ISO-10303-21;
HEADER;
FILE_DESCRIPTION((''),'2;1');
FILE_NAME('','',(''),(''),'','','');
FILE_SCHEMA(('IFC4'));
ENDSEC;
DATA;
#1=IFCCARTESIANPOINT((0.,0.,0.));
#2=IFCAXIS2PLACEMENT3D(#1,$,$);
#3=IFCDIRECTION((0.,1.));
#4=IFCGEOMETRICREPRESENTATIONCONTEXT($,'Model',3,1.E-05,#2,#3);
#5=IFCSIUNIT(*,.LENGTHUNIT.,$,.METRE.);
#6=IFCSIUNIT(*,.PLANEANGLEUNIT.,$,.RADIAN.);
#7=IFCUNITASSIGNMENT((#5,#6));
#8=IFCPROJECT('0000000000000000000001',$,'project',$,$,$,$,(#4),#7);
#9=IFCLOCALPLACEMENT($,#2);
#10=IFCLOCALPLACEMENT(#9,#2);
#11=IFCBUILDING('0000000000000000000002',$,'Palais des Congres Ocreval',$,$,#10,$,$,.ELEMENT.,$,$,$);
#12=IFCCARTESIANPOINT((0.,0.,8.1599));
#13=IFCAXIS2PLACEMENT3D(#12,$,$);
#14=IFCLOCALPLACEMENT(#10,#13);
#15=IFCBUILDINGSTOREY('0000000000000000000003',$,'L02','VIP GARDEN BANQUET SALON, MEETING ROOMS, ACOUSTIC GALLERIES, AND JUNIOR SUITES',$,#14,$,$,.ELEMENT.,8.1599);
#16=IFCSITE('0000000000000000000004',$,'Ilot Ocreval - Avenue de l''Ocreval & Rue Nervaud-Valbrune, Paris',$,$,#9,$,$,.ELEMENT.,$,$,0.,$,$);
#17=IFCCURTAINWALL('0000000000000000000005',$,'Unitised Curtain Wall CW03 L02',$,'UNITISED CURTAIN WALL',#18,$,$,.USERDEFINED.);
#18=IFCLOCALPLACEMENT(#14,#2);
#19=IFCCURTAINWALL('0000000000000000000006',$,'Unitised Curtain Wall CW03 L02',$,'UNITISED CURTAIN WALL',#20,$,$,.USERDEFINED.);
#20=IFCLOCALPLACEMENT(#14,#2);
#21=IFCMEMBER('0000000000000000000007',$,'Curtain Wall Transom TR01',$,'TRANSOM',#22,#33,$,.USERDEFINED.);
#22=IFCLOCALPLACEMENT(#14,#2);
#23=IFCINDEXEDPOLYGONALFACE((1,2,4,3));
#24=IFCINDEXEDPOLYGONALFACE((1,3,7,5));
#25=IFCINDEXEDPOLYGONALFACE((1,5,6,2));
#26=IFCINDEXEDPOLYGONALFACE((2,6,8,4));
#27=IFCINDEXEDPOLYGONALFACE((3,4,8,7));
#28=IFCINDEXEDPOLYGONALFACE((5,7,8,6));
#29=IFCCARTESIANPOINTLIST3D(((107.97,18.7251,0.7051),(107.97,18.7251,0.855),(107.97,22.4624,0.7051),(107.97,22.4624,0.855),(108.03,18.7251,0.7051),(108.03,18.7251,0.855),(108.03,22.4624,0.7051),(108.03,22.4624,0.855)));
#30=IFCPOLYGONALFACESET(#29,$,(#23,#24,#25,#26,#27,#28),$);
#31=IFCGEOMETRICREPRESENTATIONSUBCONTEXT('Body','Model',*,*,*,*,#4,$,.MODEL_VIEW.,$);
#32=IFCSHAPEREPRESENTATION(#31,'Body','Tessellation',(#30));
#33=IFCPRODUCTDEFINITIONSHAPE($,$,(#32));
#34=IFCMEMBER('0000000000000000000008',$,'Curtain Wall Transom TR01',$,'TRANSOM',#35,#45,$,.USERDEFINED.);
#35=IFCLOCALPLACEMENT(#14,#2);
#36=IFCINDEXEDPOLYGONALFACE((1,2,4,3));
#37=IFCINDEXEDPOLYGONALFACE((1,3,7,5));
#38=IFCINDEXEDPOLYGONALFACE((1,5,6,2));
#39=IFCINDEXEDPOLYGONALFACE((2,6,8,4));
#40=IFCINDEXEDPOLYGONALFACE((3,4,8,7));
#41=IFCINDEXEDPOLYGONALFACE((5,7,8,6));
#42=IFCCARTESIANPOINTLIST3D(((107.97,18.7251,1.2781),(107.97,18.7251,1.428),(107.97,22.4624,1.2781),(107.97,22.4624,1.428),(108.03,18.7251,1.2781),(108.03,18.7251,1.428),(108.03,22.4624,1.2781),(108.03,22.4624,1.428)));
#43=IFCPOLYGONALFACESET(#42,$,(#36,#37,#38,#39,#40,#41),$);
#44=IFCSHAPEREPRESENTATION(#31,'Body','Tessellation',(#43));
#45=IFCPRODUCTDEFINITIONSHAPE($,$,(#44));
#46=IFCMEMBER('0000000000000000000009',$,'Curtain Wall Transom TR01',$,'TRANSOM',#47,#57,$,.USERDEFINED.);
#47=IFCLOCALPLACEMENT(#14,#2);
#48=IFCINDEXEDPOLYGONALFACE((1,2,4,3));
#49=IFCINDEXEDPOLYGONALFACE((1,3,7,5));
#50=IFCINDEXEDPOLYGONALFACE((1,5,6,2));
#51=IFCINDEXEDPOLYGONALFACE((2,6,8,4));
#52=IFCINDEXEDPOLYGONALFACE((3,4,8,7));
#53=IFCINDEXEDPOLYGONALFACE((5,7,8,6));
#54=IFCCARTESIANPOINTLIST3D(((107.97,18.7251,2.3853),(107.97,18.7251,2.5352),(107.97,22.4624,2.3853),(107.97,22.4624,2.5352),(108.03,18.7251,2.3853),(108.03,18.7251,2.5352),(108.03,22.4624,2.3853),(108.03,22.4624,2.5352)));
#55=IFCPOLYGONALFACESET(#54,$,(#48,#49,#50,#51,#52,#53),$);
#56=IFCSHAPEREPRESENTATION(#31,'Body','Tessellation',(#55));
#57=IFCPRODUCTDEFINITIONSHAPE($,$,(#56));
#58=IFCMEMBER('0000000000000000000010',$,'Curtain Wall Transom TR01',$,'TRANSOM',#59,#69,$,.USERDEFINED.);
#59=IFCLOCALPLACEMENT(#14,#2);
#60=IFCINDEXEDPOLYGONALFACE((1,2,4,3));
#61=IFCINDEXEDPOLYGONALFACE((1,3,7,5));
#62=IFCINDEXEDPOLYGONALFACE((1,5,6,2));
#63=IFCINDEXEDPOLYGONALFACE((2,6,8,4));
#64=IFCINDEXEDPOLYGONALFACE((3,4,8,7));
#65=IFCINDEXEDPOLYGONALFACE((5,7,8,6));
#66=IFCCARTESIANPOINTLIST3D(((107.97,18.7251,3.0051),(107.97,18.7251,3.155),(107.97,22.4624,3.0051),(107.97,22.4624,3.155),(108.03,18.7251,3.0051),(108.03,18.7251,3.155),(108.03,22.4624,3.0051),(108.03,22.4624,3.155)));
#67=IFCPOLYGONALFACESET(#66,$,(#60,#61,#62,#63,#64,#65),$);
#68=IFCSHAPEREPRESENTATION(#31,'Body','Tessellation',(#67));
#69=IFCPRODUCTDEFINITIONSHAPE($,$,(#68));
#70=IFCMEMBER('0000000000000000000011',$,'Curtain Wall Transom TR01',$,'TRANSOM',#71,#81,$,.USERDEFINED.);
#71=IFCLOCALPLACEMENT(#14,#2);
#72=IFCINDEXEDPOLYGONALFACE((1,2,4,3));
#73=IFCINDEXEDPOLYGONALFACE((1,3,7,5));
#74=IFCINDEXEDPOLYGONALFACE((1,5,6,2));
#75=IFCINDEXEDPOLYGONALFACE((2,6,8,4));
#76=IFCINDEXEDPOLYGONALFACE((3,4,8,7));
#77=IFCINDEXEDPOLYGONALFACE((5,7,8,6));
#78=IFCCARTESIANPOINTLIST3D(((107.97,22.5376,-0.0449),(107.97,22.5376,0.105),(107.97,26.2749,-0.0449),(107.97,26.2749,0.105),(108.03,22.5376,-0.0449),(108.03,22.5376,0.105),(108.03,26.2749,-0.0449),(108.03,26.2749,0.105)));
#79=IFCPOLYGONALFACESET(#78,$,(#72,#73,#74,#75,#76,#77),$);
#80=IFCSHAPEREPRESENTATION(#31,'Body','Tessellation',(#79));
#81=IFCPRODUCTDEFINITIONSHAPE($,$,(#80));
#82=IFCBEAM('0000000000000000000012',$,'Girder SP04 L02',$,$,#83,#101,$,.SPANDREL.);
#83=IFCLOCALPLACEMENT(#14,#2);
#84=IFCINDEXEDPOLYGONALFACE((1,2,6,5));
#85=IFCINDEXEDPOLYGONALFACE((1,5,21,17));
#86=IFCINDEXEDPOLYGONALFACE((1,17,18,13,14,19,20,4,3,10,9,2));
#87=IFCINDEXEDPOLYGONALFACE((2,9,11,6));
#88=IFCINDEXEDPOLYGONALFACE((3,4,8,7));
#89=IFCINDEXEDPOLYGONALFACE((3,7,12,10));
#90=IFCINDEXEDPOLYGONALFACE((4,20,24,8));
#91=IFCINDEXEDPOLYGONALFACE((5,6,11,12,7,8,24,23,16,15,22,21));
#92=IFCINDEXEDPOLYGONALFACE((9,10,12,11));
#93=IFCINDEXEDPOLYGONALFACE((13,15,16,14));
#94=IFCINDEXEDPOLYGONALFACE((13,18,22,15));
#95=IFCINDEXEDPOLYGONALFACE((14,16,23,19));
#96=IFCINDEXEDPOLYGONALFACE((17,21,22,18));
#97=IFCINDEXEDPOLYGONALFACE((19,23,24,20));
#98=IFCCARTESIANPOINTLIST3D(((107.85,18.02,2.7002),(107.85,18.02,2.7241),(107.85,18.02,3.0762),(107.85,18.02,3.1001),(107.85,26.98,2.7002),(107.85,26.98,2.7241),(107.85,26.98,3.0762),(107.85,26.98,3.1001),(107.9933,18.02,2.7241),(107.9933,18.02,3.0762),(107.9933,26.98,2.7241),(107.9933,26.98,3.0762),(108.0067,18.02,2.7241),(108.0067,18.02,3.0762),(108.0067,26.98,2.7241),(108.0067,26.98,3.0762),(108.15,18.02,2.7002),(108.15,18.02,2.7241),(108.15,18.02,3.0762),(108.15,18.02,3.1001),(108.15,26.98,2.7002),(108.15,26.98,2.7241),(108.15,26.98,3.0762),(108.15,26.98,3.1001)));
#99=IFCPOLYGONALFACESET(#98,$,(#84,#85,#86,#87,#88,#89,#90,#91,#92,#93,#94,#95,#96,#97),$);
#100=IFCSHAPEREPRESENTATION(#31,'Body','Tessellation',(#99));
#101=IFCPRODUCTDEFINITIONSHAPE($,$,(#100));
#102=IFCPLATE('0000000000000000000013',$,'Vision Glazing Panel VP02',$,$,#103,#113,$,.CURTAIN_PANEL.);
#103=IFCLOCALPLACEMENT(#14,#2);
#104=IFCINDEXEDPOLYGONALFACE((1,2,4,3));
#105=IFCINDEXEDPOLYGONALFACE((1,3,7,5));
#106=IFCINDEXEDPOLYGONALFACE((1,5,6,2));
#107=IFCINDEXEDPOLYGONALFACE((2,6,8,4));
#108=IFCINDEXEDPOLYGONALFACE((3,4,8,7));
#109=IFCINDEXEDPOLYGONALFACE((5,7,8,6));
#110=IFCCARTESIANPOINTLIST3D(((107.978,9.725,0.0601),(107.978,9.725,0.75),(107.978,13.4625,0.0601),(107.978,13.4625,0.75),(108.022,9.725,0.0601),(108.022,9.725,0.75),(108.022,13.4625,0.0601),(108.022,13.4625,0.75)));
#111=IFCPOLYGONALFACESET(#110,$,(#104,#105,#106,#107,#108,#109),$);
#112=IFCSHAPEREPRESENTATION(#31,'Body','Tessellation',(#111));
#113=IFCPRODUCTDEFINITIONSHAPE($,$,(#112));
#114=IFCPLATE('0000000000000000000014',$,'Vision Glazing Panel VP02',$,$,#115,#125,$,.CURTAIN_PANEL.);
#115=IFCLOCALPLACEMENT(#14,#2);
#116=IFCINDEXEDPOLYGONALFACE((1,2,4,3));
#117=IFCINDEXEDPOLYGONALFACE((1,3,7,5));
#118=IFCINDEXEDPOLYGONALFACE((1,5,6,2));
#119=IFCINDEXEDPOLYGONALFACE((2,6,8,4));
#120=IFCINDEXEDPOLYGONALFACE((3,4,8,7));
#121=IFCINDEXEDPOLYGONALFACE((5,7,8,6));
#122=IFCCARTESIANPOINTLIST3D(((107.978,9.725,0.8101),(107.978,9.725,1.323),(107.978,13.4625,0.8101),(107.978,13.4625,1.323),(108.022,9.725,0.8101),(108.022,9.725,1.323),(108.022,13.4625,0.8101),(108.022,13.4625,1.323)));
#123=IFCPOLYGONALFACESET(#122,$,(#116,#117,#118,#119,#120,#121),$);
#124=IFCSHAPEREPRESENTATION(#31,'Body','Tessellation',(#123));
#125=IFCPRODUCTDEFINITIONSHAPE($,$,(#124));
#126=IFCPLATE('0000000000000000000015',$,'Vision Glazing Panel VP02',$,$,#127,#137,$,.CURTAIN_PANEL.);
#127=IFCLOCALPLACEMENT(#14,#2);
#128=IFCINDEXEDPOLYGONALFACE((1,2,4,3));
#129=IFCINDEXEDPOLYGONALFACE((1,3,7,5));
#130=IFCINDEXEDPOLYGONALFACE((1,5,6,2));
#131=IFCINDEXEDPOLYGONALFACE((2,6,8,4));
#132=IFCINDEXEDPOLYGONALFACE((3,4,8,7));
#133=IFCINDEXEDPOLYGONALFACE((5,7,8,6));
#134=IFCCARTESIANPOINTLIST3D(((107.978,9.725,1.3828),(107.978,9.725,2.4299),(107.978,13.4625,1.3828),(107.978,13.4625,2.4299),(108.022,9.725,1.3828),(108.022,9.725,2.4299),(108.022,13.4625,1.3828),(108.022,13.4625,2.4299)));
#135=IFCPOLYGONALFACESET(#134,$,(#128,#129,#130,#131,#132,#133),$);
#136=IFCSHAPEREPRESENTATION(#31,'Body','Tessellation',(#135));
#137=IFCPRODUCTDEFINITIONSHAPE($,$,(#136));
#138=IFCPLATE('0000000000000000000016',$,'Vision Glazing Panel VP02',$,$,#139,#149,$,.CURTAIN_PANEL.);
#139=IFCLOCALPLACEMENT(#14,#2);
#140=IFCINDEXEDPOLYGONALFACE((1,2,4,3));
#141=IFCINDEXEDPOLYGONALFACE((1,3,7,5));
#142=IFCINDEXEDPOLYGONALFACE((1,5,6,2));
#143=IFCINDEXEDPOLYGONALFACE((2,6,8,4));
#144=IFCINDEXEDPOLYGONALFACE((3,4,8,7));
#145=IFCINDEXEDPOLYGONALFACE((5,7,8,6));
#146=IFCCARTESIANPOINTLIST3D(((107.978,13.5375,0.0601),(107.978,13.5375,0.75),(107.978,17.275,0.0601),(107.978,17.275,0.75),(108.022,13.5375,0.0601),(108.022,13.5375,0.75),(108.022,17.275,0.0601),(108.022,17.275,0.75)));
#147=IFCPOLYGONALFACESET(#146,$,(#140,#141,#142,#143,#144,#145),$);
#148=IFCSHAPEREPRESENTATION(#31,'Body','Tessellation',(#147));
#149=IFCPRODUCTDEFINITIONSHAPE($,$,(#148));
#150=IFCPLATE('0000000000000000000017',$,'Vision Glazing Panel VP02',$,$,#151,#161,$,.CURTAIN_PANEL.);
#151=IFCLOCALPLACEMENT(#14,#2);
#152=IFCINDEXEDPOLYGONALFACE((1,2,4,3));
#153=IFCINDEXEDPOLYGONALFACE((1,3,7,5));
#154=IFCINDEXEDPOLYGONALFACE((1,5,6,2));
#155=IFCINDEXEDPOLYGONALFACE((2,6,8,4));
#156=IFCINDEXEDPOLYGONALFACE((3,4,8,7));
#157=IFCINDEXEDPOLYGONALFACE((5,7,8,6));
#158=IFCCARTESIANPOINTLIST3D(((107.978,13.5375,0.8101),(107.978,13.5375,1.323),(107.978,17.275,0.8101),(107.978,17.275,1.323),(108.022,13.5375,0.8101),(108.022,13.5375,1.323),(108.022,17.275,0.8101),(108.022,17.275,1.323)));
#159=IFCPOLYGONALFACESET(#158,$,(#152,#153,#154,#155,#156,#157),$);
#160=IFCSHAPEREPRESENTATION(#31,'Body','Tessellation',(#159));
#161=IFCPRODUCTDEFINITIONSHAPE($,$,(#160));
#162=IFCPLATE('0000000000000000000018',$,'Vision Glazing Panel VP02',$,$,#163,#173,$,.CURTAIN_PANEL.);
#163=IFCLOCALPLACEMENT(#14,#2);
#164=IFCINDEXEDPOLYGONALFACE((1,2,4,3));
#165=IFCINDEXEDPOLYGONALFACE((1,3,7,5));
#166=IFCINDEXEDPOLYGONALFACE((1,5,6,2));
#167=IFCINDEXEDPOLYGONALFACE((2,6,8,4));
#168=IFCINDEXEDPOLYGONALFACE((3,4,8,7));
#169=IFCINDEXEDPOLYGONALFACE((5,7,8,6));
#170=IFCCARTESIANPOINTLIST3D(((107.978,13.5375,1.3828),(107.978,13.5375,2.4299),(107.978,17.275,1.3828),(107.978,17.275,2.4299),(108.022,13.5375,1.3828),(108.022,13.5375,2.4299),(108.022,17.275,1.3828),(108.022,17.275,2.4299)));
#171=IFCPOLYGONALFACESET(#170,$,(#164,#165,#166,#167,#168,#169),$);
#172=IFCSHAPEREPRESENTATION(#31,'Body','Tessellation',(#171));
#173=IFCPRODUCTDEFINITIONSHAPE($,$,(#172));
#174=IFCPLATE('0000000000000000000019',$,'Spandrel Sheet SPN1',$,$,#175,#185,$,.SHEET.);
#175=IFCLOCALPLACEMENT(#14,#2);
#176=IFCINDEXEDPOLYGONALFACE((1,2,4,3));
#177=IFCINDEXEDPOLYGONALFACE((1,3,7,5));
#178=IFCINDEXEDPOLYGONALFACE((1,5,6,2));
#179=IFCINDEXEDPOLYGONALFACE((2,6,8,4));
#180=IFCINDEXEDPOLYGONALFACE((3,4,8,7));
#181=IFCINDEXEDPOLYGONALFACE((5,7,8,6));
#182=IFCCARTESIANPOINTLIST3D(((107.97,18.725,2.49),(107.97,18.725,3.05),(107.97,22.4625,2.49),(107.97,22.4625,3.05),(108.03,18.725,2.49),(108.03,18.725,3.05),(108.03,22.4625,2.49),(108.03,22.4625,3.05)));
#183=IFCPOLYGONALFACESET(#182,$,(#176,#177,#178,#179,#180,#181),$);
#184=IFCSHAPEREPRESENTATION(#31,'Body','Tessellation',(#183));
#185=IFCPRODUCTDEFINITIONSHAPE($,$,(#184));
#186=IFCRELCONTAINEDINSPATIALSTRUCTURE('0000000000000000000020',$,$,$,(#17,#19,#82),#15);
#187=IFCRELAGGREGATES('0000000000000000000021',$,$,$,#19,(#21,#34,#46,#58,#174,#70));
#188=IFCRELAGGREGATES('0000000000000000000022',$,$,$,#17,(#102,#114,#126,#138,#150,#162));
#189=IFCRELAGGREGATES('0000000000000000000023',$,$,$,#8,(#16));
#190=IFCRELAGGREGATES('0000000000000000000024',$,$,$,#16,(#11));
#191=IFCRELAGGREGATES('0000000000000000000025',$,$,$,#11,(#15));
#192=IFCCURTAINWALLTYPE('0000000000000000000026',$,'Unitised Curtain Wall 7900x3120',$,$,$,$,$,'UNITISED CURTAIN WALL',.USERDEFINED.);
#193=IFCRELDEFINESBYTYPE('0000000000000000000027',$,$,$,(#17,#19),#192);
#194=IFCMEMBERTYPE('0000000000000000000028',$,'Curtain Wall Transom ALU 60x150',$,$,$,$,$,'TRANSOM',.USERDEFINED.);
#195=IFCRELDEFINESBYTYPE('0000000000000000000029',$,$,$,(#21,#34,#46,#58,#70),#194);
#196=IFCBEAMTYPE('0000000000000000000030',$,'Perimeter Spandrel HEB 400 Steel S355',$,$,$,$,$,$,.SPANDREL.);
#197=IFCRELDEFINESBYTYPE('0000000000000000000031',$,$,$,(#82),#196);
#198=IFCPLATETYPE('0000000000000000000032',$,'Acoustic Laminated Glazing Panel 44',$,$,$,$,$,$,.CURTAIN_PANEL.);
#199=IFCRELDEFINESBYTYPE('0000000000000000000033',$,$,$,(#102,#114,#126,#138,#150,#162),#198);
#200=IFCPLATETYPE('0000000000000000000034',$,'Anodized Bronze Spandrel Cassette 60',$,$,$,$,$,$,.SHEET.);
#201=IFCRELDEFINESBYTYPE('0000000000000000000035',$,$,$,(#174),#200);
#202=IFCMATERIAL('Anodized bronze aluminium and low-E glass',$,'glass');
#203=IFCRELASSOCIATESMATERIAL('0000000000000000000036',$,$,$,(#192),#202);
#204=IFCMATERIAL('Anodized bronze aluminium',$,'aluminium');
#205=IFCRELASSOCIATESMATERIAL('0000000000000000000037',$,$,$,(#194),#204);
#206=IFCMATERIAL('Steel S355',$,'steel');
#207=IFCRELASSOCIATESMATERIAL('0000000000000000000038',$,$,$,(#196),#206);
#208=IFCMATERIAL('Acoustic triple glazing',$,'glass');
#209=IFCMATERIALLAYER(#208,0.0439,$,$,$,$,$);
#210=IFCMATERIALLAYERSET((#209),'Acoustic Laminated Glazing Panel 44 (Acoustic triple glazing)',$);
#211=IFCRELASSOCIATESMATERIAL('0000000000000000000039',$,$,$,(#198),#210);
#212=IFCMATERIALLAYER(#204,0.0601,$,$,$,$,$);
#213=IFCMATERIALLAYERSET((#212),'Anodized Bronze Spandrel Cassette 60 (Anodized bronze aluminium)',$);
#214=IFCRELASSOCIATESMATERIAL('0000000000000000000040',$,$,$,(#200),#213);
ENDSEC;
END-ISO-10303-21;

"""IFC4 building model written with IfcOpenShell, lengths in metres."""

from ifc_helpers import new_model, si_unit, direction, frame, origin, origin_2d, place, context, subcontext, project, spatial, rectangle, i_section, extrude, material, layer, layer_set, material_profile, profile_set, type_object, element, aggregate, save


model = new_model("IFC4")

# Units and contexts
model_context = context("Model", 3, precision=1e-05, world=origin(), true_north=direction((0.0, 1.0)))
body_context = subcontext(model_context, "Body", "Model", "MODEL_VIEW")
ifc_project = project(units=[si_unit("LENGTHUNIT", "METRE"), si_unit("PLANEANGLEUNIT", "RADIAN")], contexts=[model_context])

# Site, building, storey
site_placement = place(None, origin())
site = spatial("IfcSite", under=ifc_project, at=site_placement, Name="Ilot Ocreval - Avenue de l'Ocreval & Rue Nervaud-Valbrune, Paris", CompositionType="ELEMENT", RefElevation=0.0)
building_placement = place(site_placement, origin())
building = spatial("IfcBuilding", under=site, at=building_placement, Name="Palais des Congres Ocreval", CompositionType="ELEMENT")
storey_placement = place(building_placement, frame((0.0, 0.0, 8.1599)))
storey = spatial("IfcBuildingStorey", under=building, at=storey_placement, Name="L02", Description="VIP GARDEN BANQUET SALON, MEETING ROOMS, ACOUSTIC GALLERIES, AND JUNIOR SUITES", CompositionType="ELEMENT", Elevation=8.1599)

# Shared definitions
ifc_material_1 = material(Name="Steel S355", Category="steel")

# Curtain walls
ifc_material_2 = material(Name="Anodized bronze aluminium and low-E glass", Category="glass")
curtain_wall_type = type_object("IfcCurtainWallType", Name="Unitised Curtain Wall 7900x3120", ElementType="UNITISED CURTAIN WALL", PredefinedType="USERDEFINED", material=ifc_material_2)
curtain_wall_1_placement = place(storey_placement, origin())
curtain_wall_1 = element("IfcCurtainWall", 1, at=curtain_wall_1_placement, inside=storey, type_object=curtain_wall_type, Name="Unitised Curtain Wall CW03 L02", ObjectType="UNITISED CURTAIN WALL", PredefinedType="USERDEFINED")
ifc_material_3 = material(Name="Anodized bronze aluminium", Category="aluminium")
curtain_wall_2_placement = place(storey_placement, origin())
curtain_wall_2 = element("IfcCurtainWall", 2, at=curtain_wall_2_placement, inside=storey, type_object=curtain_wall_type, Name="Unitised Curtain Wall CW03 L02", ObjectType="UNITISED CURTAIN WALL", PredefinedType="USERDEFINED")

# Members
ifc_material_profile_1 = material_profile(ifc_material_3, rectangle(XDim=0.0601, YDim=0.1499, at=origin_2d()), Name="ALU 60x150")
ifc_profile_set_1 = profile_set([ifc_material_profile_1], Name="Anodized bronze aluminium")
member_type_1 = type_object("IfcMemberType", Name="Curtain Wall Transom ALU 60x150", ElementType="TRANSOM", PredefinedType="USERDEFINED", material=ifc_profile_set_1)
member_1_placement = place(storey_placement, frame((108.0, 18.7251, 0.78), z_axis=(0.0, 1.0, 0.0), x_axis=(-1.0, 0.0, 0.0)))
member_1 = element("IfcMember", 3, at=member_1_placement, type_object=member_type_1, Name="Curtain Wall Transom TR01", ObjectType="TRANSOM", PredefinedType="USERDEFINED", context=body_context, shape_type="SweptSolid", body=[
    extrude(rectangle(XDim=0.0601, YDim=0.1499, at=origin_2d()), origin(), (0.0, 0.0, 1.0), 3.7373),
])
member_2_placement = place(storey_placement, frame((108.0, 18.7251, 1.353), z_axis=(0.0, 1.0, 0.0), x_axis=(-1.0, 0.0, 0.0)))
member_2 = element("IfcMember", 4, at=member_2_placement, type_object=member_type_1, Name="Curtain Wall Transom TR01", ObjectType="TRANSOM", PredefinedType="USERDEFINED", context=body_context, shape_type="SweptSolid", body=[
    extrude(rectangle(XDim=0.0601, YDim=0.1499, at=origin_2d()), origin(), (0.0, 0.0, 1.0), 3.7373),
])
member_3_placement = place(storey_placement, frame((108.0, 18.7251, 2.4602), z_axis=(0.0, 1.0, 0.0), x_axis=(-1.0, 0.0, 0.0)))
member_3 = element("IfcMember", 5, at=member_3_placement, type_object=member_type_1, Name="Curtain Wall Transom TR01", ObjectType="TRANSOM", PredefinedType="USERDEFINED", context=body_context, shape_type="SweptSolid", body=[
    extrude(rectangle(XDim=0.0601, YDim=0.1499, at=origin_2d()), origin(), (0.0, 0.0, 1.0), 3.7373),
])
member_4_placement = place(storey_placement, frame((108.0, 18.7251, 3.0801), z_axis=(0.0, 1.0, 0.0), x_axis=(-1.0, 0.0, 0.0)))
member_4 = element("IfcMember", 6, at=member_4_placement, type_object=member_type_1, Name="Curtain Wall Transom TR01", ObjectType="TRANSOM", PredefinedType="USERDEFINED", context=body_context, shape_type="SweptSolid", body=[
    extrude(rectangle(XDim=0.0601, YDim=0.1499, at=origin_2d()), origin(), (0.0, 0.0, 1.0), 3.7373),
])
member_5_placement = place(storey_placement, frame((108.0, 22.5376, 0.03), z_axis=(0.0, 1.0, 0.0), x_axis=(-1.0, 0.0, 0.0)))
member_5 = element("IfcMember", 7, at=member_5_placement, type_object=member_type_1, Name="Curtain Wall Transom TR01", ObjectType="TRANSOM", PredefinedType="USERDEFINED", context=body_context, shape_type="SweptSolid", body=[
    extrude(rectangle(XDim=0.0601, YDim=0.1499, at=origin_2d()), origin(), (0.0, 0.0, 1.0), 3.7373),
])

# Beam
ifc_material_profile_2 = material_profile(ifc_material_1, i_section(OverallWidth=0.3, OverallDepth=0.3999, WebThickness=0.0134, FlangeThickness=0.0239, at=origin_2d()), Name="HEB 400")
ifc_profile_set_2 = profile_set([ifc_material_profile_2], Name="Steel S355")
beam_type = type_object("IfcBeamType", Name="Perimeter Spandrel HEB 400 Steel S355", PredefinedType="SPANDREL", material=ifc_profile_set_2)
beam_placement = place(storey_placement, frame((108.0, 18.02, 2.9001), z_axis=(0.0, 1.0, 0.0), x_axis=(-1.0, 0.0, 0.0)))
element("IfcBeam", 8, at=beam_placement, inside=storey, type_object=beam_type, Name="Girder SP04 L02", PredefinedType="SPANDREL", context=body_context, shape_type="SweptSolid", body=[
    extrude(i_section(OverallWidth=0.3, OverallDepth=0.3999, WebThickness=0.0134, FlangeThickness=0.0239, at=origin_2d()), origin(), (0.0, 0.0, 1.0), 8.96),
])

# Plates
ifc_material_4 = material(Name="Acoustic triple glazing", Category="glass")
ifc_layer_1 = layer(ifc_material_4, 0.0439)
ifc_layer_set_1 = layer_set([ifc_layer_1], Name="Acoustic Laminated Glazing Panel 44 (Acoustic triple glazing)")
plate_type_1 = type_object("IfcPlateType", Name="Acoustic Laminated Glazing Panel 44", PredefinedType="CURTAIN_PANEL", material=ifc_layer_set_1)
plate_1_placement = place(storey_placement, frame((108.0, 11.5938, 0.0601), z_axis=(0.0, 0.0, 1.0), x_axis=(0.0, 1.0, 0.0)))
plate_1 = element("IfcPlate", 9, at=plate_1_placement, type_object=plate_type_1, Name="Vision Glazing Panel VP02", PredefinedType="CURTAIN_PANEL", context=body_context, shape_type="SweptSolid", body=[
    extrude(rectangle(XDim=3.7375, YDim=0.0439, at=origin_2d()), origin(), (0.0, 0.0, 1.0), 0.6899),
])
plate_2_placement = place(storey_placement, frame((108.0, 11.5938, 0.8101), z_axis=(0.0, 0.0, 1.0), x_axis=(0.0, 1.0, 0.0)))
plate_2 = element("IfcPlate", 10, at=plate_2_placement, type_object=plate_type_1, Name="Vision Glazing Panel VP02", PredefinedType="CURTAIN_PANEL", context=body_context, shape_type="SweptSolid", body=[
    extrude(rectangle(XDim=3.7375, YDim=0.0439, at=origin_2d()), origin(), (0.0, 0.0, 1.0), 0.5129),
])
plate_3_placement = place(storey_placement, frame((108.0, 11.5938, 1.3828), z_axis=(0.0, 0.0, 1.0), x_axis=(0.0, 1.0, 0.0)))
plate_3 = element("IfcPlate", 11, at=plate_3_placement, type_object=plate_type_1, Name="Vision Glazing Panel VP02", PredefinedType="CURTAIN_PANEL", context=body_context, shape_type="SweptSolid", body=[
    extrude(rectangle(XDim=3.7375, YDim=0.0439, at=origin_2d()), origin(), (0.0, 0.0, 1.0), 1.0471),
])
plate_4_placement = place(storey_placement, frame((108.0, 15.4062, 0.0601), z_axis=(0.0, 0.0, 1.0), x_axis=(0.0, 1.0, 0.0)))
plate_4 = element("IfcPlate", 12, at=plate_4_placement, type_object=plate_type_1, Name="Vision Glazing Panel VP02", PredefinedType="CURTAIN_PANEL", context=body_context, shape_type="SweptSolid", body=[
    extrude(rectangle(XDim=3.7375, YDim=0.0439, at=origin_2d()), origin(), (0.0, 0.0, 1.0), 0.6899),
])
plate_5_placement = place(storey_placement, frame((108.0, 15.4062, 0.8101), z_axis=(0.0, 0.0, 1.0), x_axis=(0.0, 1.0, 0.0)))
plate_5 = element("IfcPlate", 13, at=plate_5_placement, type_object=plate_type_1, Name="Vision Glazing Panel VP02", PredefinedType="CURTAIN_PANEL", context=body_context, shape_type="SweptSolid", body=[
    extrude(rectangle(XDim=3.7375, YDim=0.0439, at=origin_2d()), origin(), (0.0, 0.0, 1.0), 0.5129),
])
plate_6_placement = place(storey_placement, frame((108.0, 15.4062, 1.3828), z_axis=(0.0, 0.0, 1.0), x_axis=(0.0, 1.0, 0.0)))
plate_6 = element("IfcPlate", 14, at=plate_6_placement, type_object=plate_type_1, Name="Vision Glazing Panel VP02", PredefinedType="CURTAIN_PANEL", context=body_context, shape_type="SweptSolid", body=[
    extrude(rectangle(XDim=3.7375, YDim=0.0439, at=origin_2d()), origin(), (0.0, 0.0, 1.0), 1.0471),
])
ifc_layer_2 = layer(ifc_material_3, 0.0601)
ifc_layer_set_2 = layer_set([ifc_layer_2], Name="Anodized Bronze Spandrel Cassette 60 (Anodized bronze aluminium)")
plate_type_2 = type_object("IfcPlateType", Name="Anodized Bronze Spandrel Cassette 60", PredefinedType="SHEET", material=ifc_layer_set_2)
plate_7_placement = place(storey_placement, frame((108.0, 20.5938, 2.49), z_axis=(0.0, 0.0, 1.0), x_axis=(0.0, 1.0, 0.0)))
plate_7 = element("IfcPlate", 15, at=plate_7_placement, type_object=plate_type_2, Name="Spandrel Sheet SPN1", PredefinedType="SHEET", context=body_context, shape_type="SweptSolid", body=[
    extrude(rectangle(XDim=3.7375, YDim=0.0601, at=origin_2d()), origin(), (0.0, 0.0, 1.0), 0.5601),
])
aggregate(curtain_wall_2, [member_1, member_2, member_3, member_4, plate_7, member_5])
aggregate(curtain_wall_1, [plate_1, plate_2, plate_3, plate_4, plate_5, plate_6])

save(model, "model.ifc")
